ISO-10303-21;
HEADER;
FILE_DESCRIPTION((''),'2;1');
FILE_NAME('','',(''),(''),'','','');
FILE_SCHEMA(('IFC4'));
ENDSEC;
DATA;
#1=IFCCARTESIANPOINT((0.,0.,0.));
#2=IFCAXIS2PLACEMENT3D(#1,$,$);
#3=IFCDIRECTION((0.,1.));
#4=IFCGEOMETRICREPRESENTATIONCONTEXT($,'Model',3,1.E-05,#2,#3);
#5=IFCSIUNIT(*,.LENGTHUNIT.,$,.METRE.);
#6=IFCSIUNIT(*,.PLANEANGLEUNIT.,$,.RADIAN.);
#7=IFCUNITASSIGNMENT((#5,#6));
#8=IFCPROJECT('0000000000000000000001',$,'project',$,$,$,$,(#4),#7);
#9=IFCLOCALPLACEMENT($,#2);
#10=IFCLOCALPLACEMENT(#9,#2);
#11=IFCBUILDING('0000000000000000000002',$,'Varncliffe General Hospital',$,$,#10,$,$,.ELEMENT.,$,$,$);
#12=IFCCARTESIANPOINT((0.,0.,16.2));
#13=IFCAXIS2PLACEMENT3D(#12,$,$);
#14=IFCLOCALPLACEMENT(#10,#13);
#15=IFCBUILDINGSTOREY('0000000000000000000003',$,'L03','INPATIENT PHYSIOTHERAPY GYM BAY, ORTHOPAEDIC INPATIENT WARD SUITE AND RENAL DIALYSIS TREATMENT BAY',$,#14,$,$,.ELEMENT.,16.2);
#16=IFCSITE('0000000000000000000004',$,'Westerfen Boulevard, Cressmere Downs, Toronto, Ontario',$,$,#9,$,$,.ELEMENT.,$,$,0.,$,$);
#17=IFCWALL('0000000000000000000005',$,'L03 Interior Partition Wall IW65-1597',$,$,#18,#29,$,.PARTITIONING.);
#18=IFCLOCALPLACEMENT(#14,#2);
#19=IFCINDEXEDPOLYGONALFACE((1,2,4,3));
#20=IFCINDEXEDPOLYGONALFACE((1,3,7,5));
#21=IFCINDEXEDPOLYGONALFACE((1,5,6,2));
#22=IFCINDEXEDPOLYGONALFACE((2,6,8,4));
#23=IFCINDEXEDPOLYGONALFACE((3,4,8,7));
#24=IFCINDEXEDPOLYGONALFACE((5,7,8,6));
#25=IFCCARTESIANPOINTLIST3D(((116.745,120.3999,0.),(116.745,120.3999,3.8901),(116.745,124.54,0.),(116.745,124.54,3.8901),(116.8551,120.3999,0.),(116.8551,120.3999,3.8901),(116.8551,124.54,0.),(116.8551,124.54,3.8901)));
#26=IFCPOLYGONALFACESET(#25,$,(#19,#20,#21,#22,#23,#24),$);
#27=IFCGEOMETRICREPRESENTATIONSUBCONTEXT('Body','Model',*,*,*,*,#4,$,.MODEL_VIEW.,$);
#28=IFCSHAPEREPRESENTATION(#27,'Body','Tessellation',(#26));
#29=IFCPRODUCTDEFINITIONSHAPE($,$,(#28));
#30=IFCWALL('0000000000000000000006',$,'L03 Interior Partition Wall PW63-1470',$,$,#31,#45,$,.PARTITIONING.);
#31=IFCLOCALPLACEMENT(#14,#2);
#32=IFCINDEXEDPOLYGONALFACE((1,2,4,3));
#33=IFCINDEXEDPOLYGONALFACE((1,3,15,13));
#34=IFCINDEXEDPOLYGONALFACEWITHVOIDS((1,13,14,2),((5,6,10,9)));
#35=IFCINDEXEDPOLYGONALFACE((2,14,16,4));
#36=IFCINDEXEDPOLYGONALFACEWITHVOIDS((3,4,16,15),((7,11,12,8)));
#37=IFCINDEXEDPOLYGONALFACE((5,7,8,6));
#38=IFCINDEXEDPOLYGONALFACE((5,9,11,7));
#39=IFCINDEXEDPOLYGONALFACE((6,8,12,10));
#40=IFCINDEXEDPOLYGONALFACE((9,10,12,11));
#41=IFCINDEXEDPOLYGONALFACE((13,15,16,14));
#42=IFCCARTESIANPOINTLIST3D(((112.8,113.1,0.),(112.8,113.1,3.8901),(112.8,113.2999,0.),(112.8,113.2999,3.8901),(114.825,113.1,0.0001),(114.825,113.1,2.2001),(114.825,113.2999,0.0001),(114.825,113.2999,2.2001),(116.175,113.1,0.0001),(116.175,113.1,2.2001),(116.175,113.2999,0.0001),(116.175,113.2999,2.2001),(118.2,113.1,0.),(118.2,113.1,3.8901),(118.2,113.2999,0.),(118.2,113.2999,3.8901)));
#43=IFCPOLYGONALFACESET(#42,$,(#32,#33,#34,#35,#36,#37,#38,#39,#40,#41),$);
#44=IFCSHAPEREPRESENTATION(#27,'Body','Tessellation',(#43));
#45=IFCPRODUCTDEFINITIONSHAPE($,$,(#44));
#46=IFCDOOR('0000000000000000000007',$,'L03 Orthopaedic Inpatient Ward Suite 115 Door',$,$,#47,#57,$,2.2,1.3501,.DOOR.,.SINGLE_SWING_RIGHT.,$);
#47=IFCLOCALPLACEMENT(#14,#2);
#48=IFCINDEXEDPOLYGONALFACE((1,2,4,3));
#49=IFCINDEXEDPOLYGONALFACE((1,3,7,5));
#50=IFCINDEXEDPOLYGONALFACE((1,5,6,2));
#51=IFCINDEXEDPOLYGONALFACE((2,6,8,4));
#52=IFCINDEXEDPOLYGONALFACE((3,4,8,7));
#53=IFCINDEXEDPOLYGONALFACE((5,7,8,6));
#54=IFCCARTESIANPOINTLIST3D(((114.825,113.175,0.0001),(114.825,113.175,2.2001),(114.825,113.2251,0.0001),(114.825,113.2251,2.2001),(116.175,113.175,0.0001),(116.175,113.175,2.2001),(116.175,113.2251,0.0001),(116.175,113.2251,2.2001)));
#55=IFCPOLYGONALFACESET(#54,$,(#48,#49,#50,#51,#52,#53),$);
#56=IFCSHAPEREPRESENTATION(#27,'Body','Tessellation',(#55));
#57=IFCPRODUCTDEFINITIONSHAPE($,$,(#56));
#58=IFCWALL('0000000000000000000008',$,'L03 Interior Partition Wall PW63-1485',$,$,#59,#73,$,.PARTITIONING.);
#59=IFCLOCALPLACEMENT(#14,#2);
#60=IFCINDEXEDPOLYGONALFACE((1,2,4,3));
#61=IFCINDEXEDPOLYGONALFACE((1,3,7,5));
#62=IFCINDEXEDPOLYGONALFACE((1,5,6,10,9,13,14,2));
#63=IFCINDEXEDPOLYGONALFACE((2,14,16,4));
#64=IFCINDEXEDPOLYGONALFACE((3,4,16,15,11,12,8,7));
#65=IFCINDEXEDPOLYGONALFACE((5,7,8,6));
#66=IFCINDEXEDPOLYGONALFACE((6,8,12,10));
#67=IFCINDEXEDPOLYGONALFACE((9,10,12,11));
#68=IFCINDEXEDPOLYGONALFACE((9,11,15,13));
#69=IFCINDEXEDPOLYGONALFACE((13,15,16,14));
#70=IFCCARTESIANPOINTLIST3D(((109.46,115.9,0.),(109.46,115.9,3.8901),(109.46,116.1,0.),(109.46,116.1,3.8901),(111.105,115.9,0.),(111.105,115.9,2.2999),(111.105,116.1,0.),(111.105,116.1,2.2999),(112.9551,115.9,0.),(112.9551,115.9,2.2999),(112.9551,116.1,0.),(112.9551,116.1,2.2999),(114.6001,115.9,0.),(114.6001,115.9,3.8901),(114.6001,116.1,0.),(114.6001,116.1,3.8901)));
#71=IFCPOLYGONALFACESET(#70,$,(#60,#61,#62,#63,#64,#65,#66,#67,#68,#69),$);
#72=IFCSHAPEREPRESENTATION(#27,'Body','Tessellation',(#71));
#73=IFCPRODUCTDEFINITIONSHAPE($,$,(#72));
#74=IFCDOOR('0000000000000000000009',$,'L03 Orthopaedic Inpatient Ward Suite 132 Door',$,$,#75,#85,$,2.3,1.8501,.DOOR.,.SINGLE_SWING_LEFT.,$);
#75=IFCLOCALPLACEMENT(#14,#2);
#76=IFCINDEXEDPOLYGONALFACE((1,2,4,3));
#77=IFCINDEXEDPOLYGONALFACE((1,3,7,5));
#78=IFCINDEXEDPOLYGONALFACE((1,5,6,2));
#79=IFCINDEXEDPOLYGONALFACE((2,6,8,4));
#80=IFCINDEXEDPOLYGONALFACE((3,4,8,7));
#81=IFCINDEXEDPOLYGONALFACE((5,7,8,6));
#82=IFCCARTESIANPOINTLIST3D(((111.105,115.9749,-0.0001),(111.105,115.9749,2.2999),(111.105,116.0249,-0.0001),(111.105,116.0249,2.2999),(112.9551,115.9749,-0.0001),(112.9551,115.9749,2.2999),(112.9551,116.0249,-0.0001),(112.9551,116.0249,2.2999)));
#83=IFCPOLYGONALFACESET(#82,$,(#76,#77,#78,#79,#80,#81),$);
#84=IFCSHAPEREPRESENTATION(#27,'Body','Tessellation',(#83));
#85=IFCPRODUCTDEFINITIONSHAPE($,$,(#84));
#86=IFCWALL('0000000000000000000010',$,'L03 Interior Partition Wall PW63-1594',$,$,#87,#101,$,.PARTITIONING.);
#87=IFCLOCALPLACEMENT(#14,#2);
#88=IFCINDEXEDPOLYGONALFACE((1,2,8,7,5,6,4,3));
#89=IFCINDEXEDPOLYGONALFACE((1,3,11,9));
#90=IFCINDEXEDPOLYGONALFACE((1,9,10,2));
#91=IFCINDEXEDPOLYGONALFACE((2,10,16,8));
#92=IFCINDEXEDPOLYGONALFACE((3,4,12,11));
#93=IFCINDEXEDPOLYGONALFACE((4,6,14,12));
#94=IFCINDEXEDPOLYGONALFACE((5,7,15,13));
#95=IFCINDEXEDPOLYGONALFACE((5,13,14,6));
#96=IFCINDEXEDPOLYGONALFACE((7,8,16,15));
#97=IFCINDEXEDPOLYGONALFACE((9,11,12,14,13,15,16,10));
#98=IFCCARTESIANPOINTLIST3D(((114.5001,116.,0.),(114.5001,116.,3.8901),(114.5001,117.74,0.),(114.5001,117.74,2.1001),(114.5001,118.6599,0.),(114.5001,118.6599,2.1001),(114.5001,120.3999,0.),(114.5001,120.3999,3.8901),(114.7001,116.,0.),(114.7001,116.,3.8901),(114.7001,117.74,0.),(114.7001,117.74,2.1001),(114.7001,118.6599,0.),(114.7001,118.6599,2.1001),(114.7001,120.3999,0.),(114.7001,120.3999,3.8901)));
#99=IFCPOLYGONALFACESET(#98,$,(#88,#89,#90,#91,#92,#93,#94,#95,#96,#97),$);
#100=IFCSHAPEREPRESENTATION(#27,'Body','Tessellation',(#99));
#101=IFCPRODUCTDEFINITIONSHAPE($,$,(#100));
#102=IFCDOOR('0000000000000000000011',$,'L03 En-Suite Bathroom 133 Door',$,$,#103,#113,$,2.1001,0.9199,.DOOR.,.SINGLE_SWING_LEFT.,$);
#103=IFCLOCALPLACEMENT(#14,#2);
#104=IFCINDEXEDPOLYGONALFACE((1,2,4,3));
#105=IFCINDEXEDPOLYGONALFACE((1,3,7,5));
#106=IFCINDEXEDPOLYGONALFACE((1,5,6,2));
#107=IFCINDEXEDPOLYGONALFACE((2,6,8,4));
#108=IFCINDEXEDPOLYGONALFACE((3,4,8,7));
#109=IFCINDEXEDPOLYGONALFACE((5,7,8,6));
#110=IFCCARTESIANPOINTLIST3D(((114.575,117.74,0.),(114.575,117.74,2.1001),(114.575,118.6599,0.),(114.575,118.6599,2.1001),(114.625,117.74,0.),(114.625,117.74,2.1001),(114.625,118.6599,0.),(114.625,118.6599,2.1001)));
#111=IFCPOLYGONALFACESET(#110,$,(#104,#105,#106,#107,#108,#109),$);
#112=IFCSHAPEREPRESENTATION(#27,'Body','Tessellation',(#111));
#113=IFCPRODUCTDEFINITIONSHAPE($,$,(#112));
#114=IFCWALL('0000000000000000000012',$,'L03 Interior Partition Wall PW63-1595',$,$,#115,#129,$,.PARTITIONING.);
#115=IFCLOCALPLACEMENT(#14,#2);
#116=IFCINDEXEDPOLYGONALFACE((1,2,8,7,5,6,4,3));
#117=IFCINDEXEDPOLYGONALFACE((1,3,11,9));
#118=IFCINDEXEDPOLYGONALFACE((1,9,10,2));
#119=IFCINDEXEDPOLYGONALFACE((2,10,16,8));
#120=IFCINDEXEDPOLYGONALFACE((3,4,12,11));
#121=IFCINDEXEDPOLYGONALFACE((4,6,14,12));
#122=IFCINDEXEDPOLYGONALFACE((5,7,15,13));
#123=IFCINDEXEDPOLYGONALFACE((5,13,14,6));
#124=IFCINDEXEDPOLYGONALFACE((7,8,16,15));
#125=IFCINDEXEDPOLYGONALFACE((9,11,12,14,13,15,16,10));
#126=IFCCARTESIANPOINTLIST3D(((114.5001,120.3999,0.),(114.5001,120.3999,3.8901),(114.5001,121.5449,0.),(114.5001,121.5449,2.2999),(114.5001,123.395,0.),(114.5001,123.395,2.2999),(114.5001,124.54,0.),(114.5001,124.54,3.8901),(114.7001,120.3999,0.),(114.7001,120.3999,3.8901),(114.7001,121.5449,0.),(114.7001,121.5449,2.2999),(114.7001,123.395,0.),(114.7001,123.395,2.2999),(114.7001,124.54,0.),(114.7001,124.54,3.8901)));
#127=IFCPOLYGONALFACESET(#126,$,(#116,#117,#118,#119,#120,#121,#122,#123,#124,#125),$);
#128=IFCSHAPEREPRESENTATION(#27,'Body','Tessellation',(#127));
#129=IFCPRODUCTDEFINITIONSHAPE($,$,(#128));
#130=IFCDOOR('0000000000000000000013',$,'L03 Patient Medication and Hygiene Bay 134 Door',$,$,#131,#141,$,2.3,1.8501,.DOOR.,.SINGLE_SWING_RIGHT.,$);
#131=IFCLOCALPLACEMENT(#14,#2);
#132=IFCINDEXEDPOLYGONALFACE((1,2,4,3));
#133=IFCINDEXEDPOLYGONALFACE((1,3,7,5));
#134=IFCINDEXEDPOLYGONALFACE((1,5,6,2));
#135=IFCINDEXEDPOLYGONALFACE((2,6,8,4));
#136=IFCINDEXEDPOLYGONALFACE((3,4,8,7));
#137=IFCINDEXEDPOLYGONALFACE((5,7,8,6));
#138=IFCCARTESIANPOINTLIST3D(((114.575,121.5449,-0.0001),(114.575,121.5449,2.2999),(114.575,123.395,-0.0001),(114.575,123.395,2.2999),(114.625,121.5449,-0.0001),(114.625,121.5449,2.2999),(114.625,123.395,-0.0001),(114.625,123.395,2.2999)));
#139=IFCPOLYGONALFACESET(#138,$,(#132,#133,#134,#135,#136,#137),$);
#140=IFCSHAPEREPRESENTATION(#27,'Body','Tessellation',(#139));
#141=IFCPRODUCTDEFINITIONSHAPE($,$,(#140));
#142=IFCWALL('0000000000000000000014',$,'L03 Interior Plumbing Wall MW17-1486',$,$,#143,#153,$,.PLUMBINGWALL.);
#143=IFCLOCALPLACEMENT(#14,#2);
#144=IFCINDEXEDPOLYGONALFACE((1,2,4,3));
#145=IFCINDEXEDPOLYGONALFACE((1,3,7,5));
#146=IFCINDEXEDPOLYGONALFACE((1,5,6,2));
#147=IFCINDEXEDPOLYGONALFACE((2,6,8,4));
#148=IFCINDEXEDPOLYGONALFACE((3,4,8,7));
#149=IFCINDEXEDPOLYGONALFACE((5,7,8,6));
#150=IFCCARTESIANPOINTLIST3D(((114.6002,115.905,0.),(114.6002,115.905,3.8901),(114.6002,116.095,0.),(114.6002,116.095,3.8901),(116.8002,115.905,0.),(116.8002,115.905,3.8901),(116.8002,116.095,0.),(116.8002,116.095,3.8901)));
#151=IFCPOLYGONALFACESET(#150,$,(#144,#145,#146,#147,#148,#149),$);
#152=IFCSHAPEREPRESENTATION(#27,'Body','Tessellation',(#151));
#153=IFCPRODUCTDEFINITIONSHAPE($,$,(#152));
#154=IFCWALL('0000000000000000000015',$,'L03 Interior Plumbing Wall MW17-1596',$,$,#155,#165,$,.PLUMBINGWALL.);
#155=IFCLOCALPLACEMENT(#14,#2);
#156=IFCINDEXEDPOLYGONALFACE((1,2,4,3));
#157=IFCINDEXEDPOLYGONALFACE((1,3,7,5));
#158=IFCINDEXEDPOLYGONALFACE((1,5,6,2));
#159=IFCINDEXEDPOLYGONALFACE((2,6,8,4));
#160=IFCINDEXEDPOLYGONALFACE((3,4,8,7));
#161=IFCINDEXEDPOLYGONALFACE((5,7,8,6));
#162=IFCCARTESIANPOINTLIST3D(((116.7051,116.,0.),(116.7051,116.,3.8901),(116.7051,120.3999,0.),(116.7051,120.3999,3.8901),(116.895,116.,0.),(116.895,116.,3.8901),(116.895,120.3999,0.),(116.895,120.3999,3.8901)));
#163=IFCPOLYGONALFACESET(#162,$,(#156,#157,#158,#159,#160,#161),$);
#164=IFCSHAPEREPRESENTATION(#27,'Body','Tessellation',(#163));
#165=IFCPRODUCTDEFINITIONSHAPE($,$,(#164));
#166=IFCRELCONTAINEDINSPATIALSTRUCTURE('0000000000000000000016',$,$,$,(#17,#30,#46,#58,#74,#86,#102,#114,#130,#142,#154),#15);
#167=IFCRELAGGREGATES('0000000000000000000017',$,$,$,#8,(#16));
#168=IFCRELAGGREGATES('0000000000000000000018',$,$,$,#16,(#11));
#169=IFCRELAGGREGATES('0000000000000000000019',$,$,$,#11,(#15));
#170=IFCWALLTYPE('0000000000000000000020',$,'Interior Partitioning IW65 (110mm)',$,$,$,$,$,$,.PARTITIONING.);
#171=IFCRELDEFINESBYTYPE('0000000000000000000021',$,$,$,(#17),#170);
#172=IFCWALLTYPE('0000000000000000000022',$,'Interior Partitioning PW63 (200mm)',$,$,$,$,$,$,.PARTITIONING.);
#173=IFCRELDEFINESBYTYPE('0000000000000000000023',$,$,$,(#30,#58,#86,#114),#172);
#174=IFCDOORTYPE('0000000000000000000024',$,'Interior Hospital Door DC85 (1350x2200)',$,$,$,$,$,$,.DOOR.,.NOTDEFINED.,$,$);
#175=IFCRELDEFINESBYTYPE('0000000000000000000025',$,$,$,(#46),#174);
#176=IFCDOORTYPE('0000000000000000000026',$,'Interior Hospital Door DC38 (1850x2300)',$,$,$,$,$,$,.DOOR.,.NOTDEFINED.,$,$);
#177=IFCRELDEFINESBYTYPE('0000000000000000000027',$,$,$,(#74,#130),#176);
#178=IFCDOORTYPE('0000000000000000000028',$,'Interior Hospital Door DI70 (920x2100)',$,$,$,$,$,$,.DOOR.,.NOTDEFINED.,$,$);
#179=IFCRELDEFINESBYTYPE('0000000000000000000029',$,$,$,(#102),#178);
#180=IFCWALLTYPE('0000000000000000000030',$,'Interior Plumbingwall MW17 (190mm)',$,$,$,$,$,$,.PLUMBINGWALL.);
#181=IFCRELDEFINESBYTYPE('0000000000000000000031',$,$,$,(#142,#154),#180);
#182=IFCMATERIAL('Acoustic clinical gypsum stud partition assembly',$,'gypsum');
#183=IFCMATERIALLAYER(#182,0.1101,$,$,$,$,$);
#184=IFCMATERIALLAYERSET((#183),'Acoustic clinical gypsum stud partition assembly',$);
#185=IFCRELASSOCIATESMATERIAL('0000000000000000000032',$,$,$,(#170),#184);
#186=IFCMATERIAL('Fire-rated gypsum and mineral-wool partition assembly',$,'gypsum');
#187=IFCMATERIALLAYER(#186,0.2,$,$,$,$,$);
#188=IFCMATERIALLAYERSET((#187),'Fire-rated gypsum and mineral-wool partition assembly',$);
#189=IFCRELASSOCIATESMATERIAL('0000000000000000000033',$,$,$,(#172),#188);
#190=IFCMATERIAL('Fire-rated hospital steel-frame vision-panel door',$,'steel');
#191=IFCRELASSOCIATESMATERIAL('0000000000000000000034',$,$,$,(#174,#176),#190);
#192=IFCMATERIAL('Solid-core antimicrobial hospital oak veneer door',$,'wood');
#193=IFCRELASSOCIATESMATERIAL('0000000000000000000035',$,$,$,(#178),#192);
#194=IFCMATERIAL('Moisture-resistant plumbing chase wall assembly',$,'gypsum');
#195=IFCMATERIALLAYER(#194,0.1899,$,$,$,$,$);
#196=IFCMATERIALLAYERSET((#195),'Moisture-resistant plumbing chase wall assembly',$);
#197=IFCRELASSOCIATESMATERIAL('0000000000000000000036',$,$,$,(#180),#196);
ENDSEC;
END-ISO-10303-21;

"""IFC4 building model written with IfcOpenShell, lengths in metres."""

from ifc_helpers import new_model, si_unit, direction, frame, frame_2d, origin, place, context, subcontext, project, spatial, rectangle, extrude, material, layer, layer_set, type_object, element, fill, save


model = new_model("IFC4")

# Units and contexts
model_context = context("Model", 3, precision=1e-05, world=origin(), true_north=direction((0.0, 1.0)))
body_context = subcontext(model_context, "Body", "Model", "MODEL_VIEW")
ifc_project = project(units=[si_unit("LENGTHUNIT", "METRE"), si_unit("PLANEANGLEUNIT", "RADIAN")], contexts=[model_context])

# Site, building, storey
site_placement = place(None, origin())
site = spatial("IfcSite", under=ifc_project, at=site_placement, Name="Westerfen Boulevard, Cressmere Downs, Toronto, Ontario", CompositionType="ELEMENT", RefElevation=0.0)
building_placement = place(site_placement, origin())
building = spatial("IfcBuilding", under=site, at=building_placement, Name="Varncliffe General Hospital", CompositionType="ELEMENT")
storey_placement = place(building_placement, frame((0.0, 0.0, 16.2)))
storey = spatial("IfcBuildingStorey", under=building, at=storey_placement, Name="L03", Description="INPATIENT PHYSIOTHERAPY GYM BAY, ORTHOPAEDIC INPATIENT WARD SUITE AND RENAL DIALYSIS TREATMENT BAY", CompositionType="ELEMENT", Elevation=16.2)

# Wall
ifc_material_1 = material(Name="Acoustic clinical gypsum stud partition assembly", Category="gypsum")
ifc_layer_1 = layer(ifc_material_1, 0.1101)
ifc_layer_set_1 = layer_set([ifc_layer_1], Name="Acoustic clinical gypsum stud partition assembly")
wall_type_1 = type_object("IfcWallType", Name="Interior Partitioning IW65 (110mm)", PredefinedType="PARTITIONING", material=ifc_layer_set_1)
wall_1_placement = place(storey_placement, frame((116.8, 120.3999, 0.0), z_axis=(0.0, 0.0, 1.0), x_axis=(0.0, 1.0, 0.0)))
element("IfcWall", 1, at=wall_1_placement, inside=storey, type_object=wall_type_1, Name="L03 Interior Partition Wall IW65-1597", PredefinedType="PARTITIONING", context=body_context, shape_type="SweptSolid", body=[
    extrude(rectangle(XDim=4.1401, YDim=0.1101, at=frame_2d((2.0701, 0.0))), origin(), (0.0, 0.0, 1.0), 3.8901),
])

# Walls, openings, doors
ifc_material_2 = material(Name="Fire-rated gypsum and mineral-wool partition assembly", Category="gypsum")
ifc_layer_2 = layer(ifc_material_2, 0.2)
ifc_layer_set_2 = layer_set([ifc_layer_2], Name="Fire-rated gypsum and mineral-wool partition assembly")
wall_type_2 = type_object("IfcWallType", Name="Interior Partitioning PW63 (200mm)", PredefinedType="PARTITIONING", material=ifc_layer_set_2)
wall_2_placement = place(storey_placement, frame((112.8, 113.2, 0.0), z_axis=(0.0, 0.0, 1.0), x_axis=(1.0, 0.0, 0.0)))
wall_2 = element("IfcWall", 2, at=wall_2_placement, inside=storey, type_object=wall_type_2, Name="L03 Interior Partition Wall PW63-1470", PredefinedType="PARTITIONING", context=body_context, shape_type="SweptSolid", body=[
    extrude(rectangle(XDim=5.3999, YDim=0.2, at=frame_2d((2.7, 0.0))), origin(), (0.0, 0.0, 1.0), 3.8901),
])
opening_1_placement = place(wall_2_placement, frame((2.0249, 0.0, 0.0)))
opening_1 = element("IfcOpeningElement", 3, at=opening_1_placement, cuts=wall_2, PredefinedType="OPENING", context=body_context, shape_type="SweptSolid", body=[
    extrude(rectangle(XDim=1.3501, YDim=2.2, at=frame_2d((0.675, 1.1001))), frame((0.0, 0.1099, 0.0), z_axis=(0.0, -1.0, 0.0), x_axis=(1.0, 0.0, 0.0)), (0.0, 0.0, 1.0), 0.22),
])
ifc_material_3 = material(Name="Fire-rated hospital steel-frame vision-panel door", Category="steel")
door_type_1 = type_object("IfcDoorType", Name="Interior Hospital Door DC85 (1350x2200)", OperationType="NOTDEFINED", PredefinedType="DOOR", material=ifc_material_3)
door_1_placement = place(opening_1_placement, frame((1.3501, 0.0, 0.0), z_axis=(0.0, 0.0, 1.0), x_axis=(-1.0, 0.0, 0.0)))
door_1 = element("IfcDoor", 4, at=door_1_placement, inside=storey, type_object=door_type_1, Name="L03 Orthopaedic Inpatient Ward Suite 115 Door", OperationType="SINGLE_SWING_RIGHT", OverallHeight=2.2, OverallWidth=1.3501, PredefinedType="DOOR", context=body_context, shape_type="SweptSolid", body=[
    extrude(rectangle(XDim=1.3501, YDim=2.2, at=frame_2d((0.675, 1.1001))), frame((0.0, 0.0249, 0.0), z_axis=(0.0, -1.0, 0.0), x_axis=(1.0, 0.0, 0.0)), (0.0, 0.0, 1.0), 0.05),
])
fill(opening_1, door_1)
wall_3_placement = place(storey_placement, frame((109.46, 116.0, 0.0), z_axis=(0.0, 0.0, 1.0), x_axis=(1.0, 0.0, 0.0)))
wall_3 = element("IfcWall", 5, at=wall_3_placement, inside=storey, type_object=wall_type_2, Name="L03 Interior Partition Wall PW63-1485", PredefinedType="PARTITIONING", context=body_context, shape_type="SweptSolid", body=[
    extrude(rectangle(XDim=5.1401, YDim=0.2, at=frame_2d((2.5701, 0.0))), origin(), (0.0, 0.0, 1.0), 3.8901),
])
opening_2_placement = place(wall_3_placement, frame((1.645, 0.0, 0.0)))
opening_2 = element("IfcOpeningElement", 6, at=opening_2_placement, cuts=wall_3, PredefinedType="OPENING", context=body_context, shape_type="SweptSolid", body=[
    extrude(rectangle(XDim=1.8501, YDim=2.3, at=frame_2d((0.925, 1.1499))), frame((0.0, 0.1099, 0.0), z_axis=(0.0, -1.0, 0.0), x_axis=(1.0, 0.0, 0.0)), (0.0, 0.0, 1.0), 0.22),
])
door_type_2 = type_object("IfcDoorType", Name="Interior Hospital Door DC38 (1850x2300)", OperationType="NOTDEFINED", PredefinedType="DOOR", material=ifc_material_3)
door_2_placement = place(opening_2_placement, origin())
door_2 = element("IfcDoor", 7, at=door_2_placement, inside=storey, type_object=door_type_2, Name="L03 Orthopaedic Inpatient Ward Suite 132 Door", OperationType="SINGLE_SWING_LEFT", OverallHeight=2.3, OverallWidth=1.8501, PredefinedType="DOOR", context=body_context, shape_type="SweptSolid", body=[
    extrude(rectangle(XDim=1.8501, YDim=2.3, at=frame_2d((0.925, 1.1499))), frame((0.0, 0.0249, 0.0), z_axis=(0.0, -1.0, 0.0), x_axis=(1.0, 0.0, 0.0)), (0.0, 0.0, 1.0), 0.05),
])
fill(opening_2, door_2)
wall_4_placement = place(storey_placement, frame((114.6001, 116.0, 0.0), z_axis=(0.0, 0.0, 1.0), x_axis=(0.0, 1.0, 0.0)))
wall_4 = element("IfcWall", 8, at=wall_4_placement, inside=storey, type_object=wall_type_2, Name="L03 Interior Partition Wall PW63-1594", PredefinedType="PARTITIONING", context=body_context, shape_type="SweptSolid", body=[
    extrude(rectangle(XDim=4.3999, YDim=0.2, at=frame_2d((2.2, 0.0))), origin(), (0.0, 0.0, 1.0), 3.8901),
])
opening_3_placement = place(wall_4_placement, frame((1.74, 0.0, 0.0)))
opening_3 = element("IfcOpeningElement", 9, at=opening_3_placement, cuts=wall_4, PredefinedType="OPENING", context=body_context, shape_type="SweptSolid", body=[
    extrude(rectangle(XDim=0.9199, YDim=2.1001, at=frame_2d((0.46, 1.05))), frame((0.0, 0.1099, 0.0), z_axis=(0.0, -1.0, 0.0), x_axis=(1.0, 0.0, 0.0)), (0.0, 0.0, 1.0), 0.22),
])
ifc_material_4 = material(Name="Solid-core antimicrobial hospital oak veneer door", Category="wood")
door_type_3 = type_object("IfcDoorType", Name="Interior Hospital Door DI70 (920x2100)", OperationType="NOTDEFINED", PredefinedType="DOOR", material=ifc_material_4)
door_3_placement = place(opening_3_placement, frame((0.9199, 0.0, 0.0), z_axis=(0.0, 0.0, 1.0), x_axis=(-1.0, 0.0, 0.0)))
door_3 = element("IfcDoor", 10, at=door_3_placement, inside=storey, type_object=door_type_3, Name="L03 En-Suite Bathroom 133 Door", OperationType="SINGLE_SWING_LEFT", OverallHeight=2.1001, OverallWidth=0.9199, PredefinedType="DOOR", context=body_context, shape_type="SweptSolid", body=[
    extrude(rectangle(XDim=0.9199, YDim=2.1001, at=frame_2d((0.46, 1.05))), frame((0.0, 0.0249, 0.0), z_axis=(0.0, -1.0, 0.0), x_axis=(1.0, 0.0, 0.0)), (0.0, 0.0, 1.0), 0.05),
])
fill(opening_3, door_3)
wall_5_placement = place(storey_placement, frame((114.6001, 120.3999, 0.0), z_axis=(0.0, 0.0, 1.0), x_axis=(0.0, 1.0, 0.0)))
wall_5 = element("IfcWall", 11, at=wall_5_placement, inside=storey, type_object=wall_type_2, Name="L03 Interior Partition Wall PW63-1595", PredefinedType="PARTITIONING", context=body_context, shape_type="SweptSolid", body=[
    extrude(rectangle(XDim=4.1401, YDim=0.2, at=frame_2d((2.0701, 0.0))), origin(), (0.0, 0.0, 1.0), 3.8901),
])
opening_4_placement = place(wall_5_placement, frame((1.145, 0.0, 0.0)))
opening_4 = element("IfcOpeningElement", 12, at=opening_4_placement, cuts=wall_5, PredefinedType="OPENING", context=body_context, shape_type="SweptSolid", body=[
    extrude(rectangle(XDim=1.8501, YDim=2.3, at=frame_2d((0.925, 1.1499))), frame((0.0, 0.1099, 0.0), z_axis=(0.0, -1.0, 0.0), x_axis=(1.0, 0.0, 0.0)), (0.0, 0.0, 1.0), 0.22),
])
door_4_placement = place(opening_4_placement, frame((1.8501, 0.0, 0.0), z_axis=(0.0, 0.0, 1.0), x_axis=(-1.0, 0.0, 0.0)))
door_4 = element("IfcDoor", 13, at=door_4_placement, inside=storey, type_object=door_type_2, Name="L03 Patient Medication and Hygiene Bay 134 Door", OperationType="SINGLE_SWING_RIGHT", OverallHeight=2.3, OverallWidth=1.8501, PredefinedType="DOOR", context=body_context, shape_type="SweptSolid", body=[
    extrude(rectangle(XDim=1.8501, YDim=2.3, at=frame_2d((0.925, 1.1499))), frame((0.0, 0.0249, 0.0), z_axis=(0.0, -1.0, 0.0), x_axis=(1.0, 0.0, 0.0)), (0.0, 0.0, 1.0), 0.05),
])
fill(opening_4, door_4)

# Walls
ifc_material_5 = material(Name="Moisture-resistant plumbing chase wall assembly", Category="gypsum")
ifc_layer_3 = layer(ifc_material_5, 0.1899)
ifc_layer_set_3 = layer_set([ifc_layer_3], Name="Moisture-resistant plumbing chase wall assembly")
wall_type_3 = type_object("IfcWallType", Name="Interior Plumbingwall MW17 (190mm)", PredefinedType="PLUMBINGWALL", material=ifc_layer_set_3)
wall_6_placement = place(storey_placement, frame((114.6001, 116.0, 0.0), z_axis=(0.0, 0.0, 1.0), x_axis=(1.0, 0.0, 0.0)))
element("IfcWall", 14, at=wall_6_placement, inside=storey, type_object=wall_type_3, Name="L03 Interior Plumbing Wall MW17-1486", PredefinedType="PLUMBINGWALL", context=body_context, shape_type="SweptSolid", body=[
    extrude(rectangle(XDim=2.2, YDim=0.1899, at=frame_2d((1.1001, 0.0))), origin(), (0.0, 0.0, 1.0), 3.8901),
])
wall_7_placement = place(storey_placement, frame((116.8, 116.0, 0.0), z_axis=(0.0, 0.0, 1.0), x_axis=(0.0, 1.0, 0.0)))
element("IfcWall", 15, at=wall_7_placement, inside=storey, type_object=wall_type_3, Name="L03 Interior Plumbing Wall MW17-1596", PredefinedType="PLUMBINGWALL", context=body_context, shape_type="SweptSolid", body=[
    extrude(rectangle(XDim=4.3999, YDim=0.1899, at=frame_2d((2.2, 0.0))), origin(), (0.0, 0.0, 1.0), 3.8901),
])

save(model, "model.ifc")
